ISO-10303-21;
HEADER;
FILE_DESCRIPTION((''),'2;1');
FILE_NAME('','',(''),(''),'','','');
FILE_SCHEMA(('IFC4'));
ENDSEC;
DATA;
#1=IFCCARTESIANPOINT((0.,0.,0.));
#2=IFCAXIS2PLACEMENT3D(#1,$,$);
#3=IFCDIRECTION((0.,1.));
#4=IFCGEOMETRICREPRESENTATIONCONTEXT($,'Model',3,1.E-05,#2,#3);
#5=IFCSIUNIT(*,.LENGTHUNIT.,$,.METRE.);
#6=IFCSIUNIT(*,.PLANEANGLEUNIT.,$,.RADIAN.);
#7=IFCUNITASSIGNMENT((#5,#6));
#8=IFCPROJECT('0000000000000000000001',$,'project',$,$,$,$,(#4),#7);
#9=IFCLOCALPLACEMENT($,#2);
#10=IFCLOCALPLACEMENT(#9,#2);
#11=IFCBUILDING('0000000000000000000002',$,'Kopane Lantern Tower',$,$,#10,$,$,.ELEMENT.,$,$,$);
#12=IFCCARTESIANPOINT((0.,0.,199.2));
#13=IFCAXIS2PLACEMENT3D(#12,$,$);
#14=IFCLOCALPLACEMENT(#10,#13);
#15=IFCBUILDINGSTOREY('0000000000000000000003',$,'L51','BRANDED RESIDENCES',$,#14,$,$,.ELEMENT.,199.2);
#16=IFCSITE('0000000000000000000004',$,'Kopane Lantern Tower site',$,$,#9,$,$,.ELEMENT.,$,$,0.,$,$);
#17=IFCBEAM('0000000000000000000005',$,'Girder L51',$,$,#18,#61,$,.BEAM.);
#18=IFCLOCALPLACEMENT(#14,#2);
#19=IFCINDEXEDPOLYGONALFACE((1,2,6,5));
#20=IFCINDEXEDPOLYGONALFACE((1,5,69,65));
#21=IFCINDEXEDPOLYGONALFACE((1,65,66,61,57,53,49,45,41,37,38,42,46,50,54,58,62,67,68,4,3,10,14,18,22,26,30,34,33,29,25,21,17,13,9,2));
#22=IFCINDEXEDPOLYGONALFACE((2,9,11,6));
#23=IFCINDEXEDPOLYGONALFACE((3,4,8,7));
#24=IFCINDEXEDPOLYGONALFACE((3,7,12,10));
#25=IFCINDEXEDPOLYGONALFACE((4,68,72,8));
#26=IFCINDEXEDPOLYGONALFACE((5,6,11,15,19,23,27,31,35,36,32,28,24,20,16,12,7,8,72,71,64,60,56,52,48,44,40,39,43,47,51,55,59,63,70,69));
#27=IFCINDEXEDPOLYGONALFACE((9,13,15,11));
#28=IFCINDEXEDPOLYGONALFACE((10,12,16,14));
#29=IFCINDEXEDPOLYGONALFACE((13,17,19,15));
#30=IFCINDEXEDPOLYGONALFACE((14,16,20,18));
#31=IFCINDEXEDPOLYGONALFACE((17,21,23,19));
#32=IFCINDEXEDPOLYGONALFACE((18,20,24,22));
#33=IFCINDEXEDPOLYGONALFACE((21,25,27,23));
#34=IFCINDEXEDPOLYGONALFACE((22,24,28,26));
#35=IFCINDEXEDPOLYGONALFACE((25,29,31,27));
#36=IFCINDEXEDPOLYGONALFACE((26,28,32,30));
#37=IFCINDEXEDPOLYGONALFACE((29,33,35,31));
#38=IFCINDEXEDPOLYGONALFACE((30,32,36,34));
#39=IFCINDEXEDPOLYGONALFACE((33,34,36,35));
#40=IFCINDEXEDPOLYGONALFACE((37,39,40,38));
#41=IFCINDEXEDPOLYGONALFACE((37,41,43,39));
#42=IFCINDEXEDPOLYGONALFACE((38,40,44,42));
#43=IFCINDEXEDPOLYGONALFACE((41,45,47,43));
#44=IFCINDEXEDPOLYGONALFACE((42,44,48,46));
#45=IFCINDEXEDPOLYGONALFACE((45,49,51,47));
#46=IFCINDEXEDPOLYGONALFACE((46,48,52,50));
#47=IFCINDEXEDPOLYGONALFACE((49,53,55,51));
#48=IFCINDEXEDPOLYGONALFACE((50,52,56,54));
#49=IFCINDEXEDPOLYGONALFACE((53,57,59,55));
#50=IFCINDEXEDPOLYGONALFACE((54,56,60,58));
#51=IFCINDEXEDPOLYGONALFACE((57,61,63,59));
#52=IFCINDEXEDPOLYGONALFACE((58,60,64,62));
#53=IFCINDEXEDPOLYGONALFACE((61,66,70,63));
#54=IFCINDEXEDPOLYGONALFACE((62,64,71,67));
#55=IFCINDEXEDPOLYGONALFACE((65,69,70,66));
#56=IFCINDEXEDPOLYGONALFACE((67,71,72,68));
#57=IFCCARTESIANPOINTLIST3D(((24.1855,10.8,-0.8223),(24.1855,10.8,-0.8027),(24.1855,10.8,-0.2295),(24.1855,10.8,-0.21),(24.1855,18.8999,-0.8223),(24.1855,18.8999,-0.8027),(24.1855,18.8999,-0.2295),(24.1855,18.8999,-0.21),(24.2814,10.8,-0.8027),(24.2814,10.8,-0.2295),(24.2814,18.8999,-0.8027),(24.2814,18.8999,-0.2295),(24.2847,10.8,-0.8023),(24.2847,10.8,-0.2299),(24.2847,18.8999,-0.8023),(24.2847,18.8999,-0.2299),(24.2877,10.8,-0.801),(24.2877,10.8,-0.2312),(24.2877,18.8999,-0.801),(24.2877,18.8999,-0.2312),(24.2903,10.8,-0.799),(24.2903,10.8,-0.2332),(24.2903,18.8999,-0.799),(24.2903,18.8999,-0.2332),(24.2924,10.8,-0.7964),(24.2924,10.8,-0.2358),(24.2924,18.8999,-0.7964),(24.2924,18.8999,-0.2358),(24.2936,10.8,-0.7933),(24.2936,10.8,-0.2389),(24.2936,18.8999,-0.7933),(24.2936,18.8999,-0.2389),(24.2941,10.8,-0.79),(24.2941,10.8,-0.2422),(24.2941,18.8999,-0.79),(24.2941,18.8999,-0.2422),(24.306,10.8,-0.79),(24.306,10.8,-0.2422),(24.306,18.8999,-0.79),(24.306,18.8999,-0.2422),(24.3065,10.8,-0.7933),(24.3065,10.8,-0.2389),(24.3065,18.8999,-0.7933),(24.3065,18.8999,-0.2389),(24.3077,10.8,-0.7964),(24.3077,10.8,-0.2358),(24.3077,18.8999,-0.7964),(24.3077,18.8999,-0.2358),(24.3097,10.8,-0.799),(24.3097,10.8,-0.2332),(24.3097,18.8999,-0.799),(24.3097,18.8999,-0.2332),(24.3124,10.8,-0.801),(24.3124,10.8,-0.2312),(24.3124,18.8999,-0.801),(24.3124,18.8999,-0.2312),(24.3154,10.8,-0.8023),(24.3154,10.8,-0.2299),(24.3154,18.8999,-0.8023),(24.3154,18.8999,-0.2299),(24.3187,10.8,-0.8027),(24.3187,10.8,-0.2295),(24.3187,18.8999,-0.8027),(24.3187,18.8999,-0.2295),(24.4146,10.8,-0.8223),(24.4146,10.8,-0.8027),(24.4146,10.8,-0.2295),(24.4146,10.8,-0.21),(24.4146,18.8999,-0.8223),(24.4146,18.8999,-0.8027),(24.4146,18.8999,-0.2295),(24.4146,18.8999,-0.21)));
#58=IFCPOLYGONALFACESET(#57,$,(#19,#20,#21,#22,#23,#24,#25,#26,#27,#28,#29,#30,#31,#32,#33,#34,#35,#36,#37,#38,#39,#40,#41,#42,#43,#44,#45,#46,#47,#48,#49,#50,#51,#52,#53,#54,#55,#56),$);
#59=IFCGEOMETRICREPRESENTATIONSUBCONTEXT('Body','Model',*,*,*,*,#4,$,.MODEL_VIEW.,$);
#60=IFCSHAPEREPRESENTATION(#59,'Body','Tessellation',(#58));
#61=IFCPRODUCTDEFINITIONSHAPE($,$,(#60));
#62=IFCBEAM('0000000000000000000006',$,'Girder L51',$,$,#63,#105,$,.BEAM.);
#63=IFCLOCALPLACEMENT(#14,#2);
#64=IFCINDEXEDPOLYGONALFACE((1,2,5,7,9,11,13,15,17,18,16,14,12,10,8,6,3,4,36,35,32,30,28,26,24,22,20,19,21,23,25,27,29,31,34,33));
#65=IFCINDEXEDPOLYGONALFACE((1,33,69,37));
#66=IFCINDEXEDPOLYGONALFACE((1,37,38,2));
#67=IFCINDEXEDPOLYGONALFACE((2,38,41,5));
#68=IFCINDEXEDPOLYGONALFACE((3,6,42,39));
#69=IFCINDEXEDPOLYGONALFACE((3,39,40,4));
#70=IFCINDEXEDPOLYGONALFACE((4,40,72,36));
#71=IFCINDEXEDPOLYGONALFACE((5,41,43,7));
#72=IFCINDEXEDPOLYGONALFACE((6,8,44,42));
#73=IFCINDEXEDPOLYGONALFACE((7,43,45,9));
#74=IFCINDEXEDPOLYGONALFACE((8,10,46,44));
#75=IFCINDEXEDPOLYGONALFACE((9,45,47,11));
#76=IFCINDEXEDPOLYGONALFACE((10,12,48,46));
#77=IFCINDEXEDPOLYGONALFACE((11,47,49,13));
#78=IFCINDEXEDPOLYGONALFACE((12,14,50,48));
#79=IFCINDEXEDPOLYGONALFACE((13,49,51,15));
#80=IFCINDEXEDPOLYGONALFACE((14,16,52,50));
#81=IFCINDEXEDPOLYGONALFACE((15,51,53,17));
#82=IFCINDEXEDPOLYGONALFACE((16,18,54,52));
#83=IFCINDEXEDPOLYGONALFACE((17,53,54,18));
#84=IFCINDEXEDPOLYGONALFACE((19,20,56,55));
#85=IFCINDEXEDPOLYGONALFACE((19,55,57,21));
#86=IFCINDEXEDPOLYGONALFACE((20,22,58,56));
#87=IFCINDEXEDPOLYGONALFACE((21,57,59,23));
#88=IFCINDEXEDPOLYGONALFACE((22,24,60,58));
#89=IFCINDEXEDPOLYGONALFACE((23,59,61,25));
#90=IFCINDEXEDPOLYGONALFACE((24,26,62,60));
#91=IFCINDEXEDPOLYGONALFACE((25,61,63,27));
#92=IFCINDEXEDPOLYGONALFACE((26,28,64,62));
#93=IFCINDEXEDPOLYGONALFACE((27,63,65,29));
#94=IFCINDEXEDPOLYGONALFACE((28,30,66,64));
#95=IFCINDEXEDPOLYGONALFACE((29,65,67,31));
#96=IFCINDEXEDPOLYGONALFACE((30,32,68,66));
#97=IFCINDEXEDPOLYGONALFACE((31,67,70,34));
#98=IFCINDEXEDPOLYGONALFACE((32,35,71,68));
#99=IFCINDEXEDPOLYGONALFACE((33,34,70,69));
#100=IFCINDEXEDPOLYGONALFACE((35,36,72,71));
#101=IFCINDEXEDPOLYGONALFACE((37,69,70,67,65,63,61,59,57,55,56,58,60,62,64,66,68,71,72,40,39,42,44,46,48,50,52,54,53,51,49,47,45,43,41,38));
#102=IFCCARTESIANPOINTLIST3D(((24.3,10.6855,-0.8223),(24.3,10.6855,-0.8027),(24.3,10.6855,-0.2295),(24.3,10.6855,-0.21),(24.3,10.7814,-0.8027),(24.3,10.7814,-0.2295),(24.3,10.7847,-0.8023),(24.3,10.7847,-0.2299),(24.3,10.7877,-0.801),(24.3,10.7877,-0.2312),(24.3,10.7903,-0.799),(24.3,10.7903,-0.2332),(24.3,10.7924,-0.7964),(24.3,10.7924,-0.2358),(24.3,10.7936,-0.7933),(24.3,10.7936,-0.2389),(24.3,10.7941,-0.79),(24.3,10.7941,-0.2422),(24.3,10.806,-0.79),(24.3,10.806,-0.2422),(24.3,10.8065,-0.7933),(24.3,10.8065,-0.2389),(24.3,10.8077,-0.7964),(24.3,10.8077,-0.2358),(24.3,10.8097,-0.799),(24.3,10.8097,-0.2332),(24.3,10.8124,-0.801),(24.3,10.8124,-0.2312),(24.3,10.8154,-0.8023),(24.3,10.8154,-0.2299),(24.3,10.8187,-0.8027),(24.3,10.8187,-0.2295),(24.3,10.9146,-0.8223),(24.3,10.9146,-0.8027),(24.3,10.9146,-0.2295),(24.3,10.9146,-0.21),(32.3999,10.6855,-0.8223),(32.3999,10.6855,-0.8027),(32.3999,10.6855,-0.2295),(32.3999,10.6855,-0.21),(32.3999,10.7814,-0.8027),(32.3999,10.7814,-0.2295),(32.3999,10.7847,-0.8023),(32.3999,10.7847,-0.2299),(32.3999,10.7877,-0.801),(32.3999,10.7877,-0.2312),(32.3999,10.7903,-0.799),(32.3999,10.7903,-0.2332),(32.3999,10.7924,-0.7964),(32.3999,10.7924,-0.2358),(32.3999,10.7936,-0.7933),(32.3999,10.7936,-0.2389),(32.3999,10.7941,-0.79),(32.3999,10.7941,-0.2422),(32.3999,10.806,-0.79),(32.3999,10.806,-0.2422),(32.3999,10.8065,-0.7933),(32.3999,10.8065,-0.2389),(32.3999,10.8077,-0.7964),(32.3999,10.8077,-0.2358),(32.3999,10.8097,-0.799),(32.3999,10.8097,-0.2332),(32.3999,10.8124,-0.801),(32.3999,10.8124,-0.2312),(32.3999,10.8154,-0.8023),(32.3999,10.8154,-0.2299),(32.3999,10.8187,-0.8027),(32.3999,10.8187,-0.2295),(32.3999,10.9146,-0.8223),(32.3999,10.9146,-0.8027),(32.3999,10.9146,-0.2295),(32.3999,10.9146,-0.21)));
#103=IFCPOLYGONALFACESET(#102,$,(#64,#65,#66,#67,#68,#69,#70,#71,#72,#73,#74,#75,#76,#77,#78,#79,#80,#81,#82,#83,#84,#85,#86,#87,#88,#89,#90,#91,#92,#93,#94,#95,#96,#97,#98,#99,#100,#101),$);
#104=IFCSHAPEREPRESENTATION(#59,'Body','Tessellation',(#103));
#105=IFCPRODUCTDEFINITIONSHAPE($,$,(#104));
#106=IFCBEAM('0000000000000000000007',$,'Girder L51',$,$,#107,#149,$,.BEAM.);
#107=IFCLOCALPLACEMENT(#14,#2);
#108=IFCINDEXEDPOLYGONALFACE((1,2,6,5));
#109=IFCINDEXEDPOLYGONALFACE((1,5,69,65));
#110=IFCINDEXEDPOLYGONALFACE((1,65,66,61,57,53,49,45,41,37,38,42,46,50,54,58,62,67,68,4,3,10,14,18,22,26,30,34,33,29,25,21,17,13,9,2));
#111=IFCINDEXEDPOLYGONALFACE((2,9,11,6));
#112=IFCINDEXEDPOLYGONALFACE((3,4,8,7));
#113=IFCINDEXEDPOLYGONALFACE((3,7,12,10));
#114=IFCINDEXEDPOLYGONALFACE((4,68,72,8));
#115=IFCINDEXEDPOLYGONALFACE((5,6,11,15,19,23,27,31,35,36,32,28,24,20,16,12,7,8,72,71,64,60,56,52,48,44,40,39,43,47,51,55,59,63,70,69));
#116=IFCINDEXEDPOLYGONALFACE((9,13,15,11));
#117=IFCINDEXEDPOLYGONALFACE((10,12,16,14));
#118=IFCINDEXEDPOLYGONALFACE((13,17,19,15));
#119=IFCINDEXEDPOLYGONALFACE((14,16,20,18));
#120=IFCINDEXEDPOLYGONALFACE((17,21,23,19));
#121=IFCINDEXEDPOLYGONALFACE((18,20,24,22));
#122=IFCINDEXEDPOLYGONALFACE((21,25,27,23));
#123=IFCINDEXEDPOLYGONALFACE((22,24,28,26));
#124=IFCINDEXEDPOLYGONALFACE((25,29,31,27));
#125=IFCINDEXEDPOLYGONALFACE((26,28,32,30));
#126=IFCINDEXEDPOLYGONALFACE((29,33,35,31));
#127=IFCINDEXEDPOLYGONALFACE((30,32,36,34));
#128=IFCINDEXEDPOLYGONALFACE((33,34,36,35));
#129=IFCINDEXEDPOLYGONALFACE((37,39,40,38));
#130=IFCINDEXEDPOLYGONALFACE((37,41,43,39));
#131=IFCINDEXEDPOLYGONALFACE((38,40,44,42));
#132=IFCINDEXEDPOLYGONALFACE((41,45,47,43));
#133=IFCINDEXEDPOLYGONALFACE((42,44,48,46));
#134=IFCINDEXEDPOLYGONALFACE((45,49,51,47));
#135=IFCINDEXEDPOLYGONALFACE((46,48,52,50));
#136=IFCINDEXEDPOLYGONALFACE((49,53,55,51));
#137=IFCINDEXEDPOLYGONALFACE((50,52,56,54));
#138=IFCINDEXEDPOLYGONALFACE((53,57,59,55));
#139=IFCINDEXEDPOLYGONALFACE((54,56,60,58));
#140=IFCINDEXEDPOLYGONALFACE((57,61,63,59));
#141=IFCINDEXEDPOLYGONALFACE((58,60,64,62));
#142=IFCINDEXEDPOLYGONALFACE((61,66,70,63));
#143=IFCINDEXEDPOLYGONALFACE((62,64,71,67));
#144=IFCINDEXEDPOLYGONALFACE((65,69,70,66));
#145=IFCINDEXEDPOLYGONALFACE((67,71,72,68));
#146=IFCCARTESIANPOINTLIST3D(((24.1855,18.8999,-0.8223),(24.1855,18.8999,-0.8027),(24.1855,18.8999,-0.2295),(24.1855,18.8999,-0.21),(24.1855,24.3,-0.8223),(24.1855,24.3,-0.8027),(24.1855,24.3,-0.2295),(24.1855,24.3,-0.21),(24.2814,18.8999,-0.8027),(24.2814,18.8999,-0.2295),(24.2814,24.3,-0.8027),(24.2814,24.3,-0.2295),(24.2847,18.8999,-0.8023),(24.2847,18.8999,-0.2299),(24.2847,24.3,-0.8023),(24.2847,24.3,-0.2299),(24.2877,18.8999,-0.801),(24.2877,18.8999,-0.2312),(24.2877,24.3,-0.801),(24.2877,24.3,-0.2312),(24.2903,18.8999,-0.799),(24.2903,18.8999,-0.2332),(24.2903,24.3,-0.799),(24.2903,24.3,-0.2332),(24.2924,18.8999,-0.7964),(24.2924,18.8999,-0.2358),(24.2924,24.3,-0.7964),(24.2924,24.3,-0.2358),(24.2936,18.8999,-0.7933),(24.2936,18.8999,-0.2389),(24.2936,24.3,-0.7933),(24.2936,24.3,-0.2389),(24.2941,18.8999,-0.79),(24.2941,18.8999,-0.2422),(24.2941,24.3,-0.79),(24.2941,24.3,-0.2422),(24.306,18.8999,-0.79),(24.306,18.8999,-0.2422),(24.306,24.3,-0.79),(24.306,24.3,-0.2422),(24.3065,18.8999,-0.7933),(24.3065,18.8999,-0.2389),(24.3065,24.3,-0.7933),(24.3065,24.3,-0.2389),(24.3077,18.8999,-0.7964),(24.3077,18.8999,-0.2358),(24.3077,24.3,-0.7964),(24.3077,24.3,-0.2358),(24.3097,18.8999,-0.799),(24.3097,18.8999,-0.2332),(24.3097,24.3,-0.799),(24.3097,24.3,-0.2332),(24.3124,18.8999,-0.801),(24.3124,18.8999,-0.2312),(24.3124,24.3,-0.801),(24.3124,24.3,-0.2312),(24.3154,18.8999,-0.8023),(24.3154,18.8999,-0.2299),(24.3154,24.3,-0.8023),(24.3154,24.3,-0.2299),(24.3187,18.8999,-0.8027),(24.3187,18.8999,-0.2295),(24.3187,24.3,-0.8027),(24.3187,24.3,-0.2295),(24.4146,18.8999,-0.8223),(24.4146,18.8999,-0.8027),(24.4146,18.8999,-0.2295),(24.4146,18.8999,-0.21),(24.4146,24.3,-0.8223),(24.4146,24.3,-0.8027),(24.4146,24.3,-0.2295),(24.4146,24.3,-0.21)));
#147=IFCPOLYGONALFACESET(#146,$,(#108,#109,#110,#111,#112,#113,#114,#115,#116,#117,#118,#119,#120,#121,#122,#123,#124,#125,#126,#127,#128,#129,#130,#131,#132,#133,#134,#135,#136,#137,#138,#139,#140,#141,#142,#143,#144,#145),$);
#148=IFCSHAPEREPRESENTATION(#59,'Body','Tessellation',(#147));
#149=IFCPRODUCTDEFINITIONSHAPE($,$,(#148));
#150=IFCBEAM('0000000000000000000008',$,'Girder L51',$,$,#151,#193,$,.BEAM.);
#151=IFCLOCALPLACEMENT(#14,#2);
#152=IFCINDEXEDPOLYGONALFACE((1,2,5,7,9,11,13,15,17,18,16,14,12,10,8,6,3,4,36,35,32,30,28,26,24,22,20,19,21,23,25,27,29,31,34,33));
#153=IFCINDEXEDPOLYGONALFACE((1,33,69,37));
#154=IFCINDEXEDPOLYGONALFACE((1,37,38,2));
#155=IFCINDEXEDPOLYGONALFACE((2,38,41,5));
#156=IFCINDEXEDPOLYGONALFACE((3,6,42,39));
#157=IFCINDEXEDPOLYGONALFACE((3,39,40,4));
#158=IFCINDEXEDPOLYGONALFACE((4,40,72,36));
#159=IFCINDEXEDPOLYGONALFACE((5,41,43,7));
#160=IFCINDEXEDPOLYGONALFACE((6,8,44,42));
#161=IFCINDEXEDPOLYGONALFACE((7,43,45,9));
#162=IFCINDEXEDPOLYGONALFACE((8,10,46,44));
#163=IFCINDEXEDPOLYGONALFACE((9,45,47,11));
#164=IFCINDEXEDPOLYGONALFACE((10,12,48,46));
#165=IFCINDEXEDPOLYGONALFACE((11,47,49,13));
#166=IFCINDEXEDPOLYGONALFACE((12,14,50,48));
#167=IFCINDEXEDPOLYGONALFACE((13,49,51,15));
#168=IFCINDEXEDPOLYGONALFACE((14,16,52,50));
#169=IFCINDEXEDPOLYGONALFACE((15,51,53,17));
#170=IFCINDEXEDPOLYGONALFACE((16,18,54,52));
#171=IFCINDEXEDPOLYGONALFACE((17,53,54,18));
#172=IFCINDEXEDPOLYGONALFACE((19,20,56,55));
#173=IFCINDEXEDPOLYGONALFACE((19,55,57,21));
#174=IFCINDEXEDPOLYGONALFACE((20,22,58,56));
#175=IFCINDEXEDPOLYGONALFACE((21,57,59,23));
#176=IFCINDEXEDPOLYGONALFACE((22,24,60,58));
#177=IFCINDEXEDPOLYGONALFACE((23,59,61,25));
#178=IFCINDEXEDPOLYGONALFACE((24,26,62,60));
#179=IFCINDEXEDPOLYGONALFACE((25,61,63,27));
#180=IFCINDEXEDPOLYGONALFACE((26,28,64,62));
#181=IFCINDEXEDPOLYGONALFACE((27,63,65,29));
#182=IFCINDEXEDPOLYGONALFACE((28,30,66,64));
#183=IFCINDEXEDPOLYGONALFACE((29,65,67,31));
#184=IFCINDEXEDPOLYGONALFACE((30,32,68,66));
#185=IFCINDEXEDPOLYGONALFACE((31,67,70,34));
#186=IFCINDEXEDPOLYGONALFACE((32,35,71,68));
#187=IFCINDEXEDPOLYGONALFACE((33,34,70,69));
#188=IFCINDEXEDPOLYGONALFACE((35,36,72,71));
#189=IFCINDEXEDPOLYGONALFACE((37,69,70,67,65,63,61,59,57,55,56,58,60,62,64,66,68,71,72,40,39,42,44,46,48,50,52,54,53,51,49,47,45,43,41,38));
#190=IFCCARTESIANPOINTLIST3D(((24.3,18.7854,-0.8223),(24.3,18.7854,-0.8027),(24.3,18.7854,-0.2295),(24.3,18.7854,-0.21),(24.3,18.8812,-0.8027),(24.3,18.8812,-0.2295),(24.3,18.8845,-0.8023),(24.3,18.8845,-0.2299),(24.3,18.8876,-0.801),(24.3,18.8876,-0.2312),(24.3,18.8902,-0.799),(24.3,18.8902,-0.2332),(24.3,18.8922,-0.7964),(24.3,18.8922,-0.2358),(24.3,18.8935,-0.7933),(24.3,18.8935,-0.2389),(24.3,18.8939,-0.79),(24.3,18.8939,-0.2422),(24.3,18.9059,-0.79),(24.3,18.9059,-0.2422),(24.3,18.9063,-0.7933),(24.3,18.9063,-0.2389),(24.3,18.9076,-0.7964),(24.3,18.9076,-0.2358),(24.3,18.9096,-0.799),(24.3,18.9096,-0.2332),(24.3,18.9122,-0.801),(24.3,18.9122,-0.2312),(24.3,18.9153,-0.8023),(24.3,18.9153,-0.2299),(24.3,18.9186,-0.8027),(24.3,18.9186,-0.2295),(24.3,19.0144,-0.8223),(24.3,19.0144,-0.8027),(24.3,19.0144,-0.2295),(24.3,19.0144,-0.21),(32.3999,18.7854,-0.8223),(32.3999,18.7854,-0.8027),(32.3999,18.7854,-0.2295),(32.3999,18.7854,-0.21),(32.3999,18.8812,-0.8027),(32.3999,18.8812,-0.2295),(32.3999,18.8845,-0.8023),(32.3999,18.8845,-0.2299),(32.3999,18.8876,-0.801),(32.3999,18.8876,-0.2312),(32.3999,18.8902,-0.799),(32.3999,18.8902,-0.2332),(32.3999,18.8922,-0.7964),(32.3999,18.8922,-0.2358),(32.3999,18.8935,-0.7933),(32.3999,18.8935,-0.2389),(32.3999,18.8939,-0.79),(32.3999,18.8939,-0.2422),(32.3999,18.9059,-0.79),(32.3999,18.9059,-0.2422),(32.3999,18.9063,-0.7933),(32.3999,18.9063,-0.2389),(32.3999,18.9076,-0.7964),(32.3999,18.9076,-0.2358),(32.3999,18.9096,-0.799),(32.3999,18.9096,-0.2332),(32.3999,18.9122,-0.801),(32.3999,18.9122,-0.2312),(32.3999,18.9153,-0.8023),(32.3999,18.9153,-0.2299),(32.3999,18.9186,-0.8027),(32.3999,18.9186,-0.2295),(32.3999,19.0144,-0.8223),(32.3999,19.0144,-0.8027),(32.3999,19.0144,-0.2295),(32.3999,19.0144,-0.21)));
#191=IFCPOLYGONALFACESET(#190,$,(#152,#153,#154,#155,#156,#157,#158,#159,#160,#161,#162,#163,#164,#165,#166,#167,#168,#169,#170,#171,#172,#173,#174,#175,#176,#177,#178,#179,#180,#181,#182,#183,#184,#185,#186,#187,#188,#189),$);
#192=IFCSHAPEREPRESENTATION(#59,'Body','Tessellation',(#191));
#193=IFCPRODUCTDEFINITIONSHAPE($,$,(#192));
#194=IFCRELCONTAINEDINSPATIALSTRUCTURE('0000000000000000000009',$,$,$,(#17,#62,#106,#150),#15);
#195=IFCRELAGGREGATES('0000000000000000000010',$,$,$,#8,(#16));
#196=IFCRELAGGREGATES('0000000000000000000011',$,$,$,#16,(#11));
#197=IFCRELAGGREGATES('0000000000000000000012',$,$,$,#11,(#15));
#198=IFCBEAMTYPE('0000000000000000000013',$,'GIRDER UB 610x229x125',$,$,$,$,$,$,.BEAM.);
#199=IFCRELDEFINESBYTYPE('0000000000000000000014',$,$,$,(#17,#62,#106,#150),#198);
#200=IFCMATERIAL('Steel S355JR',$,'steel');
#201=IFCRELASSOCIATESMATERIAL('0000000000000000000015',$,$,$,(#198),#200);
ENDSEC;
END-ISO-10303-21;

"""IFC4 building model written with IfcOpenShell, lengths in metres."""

from ifc_helpers import new_model, si_unit, direction, frame, origin, origin_2d, place, context, subcontext, project, spatial, i_section, extrude, material, material_profile, profile_set, type_object, element, save


model = new_model("IFC4")

# Units and contexts
model_context = context("Model", 3, precision=1e-05, world=origin(), true_north=direction((0.0, 1.0)))
body_context = subcontext(model_context, "Body", "Model", "MODEL_VIEW")
ifc_project = project(units=[si_unit("LENGTHUNIT", "METRE"), si_unit("PLANEANGLEUNIT", "RADIAN")], contexts=[model_context])

# Site, building, storey
site_placement = place(None, origin())
site = spatial("IfcSite", under=ifc_project, at=site_placement, Name="Kopane Lantern Tower site", CompositionType="ELEMENT", RefElevation=0.0)
building_placement = place(site_placement, origin())
building = spatial("IfcBuilding", under=site, at=building_placement, Name="Kopane Lantern Tower", CompositionType="ELEMENT")
storey_placement = place(building_placement, frame((0.0, 0.0, 199.2)))
storey = spatial("IfcBuildingStorey", under=building, at=storey_placement, Name="L51", Description="BRANDED RESIDENCES", CompositionType="ELEMENT", Elevation=199.2)

# Beams
ifc_material_1 = material(Name="Steel S355JR", Category="steel")
ifc_material_profile_1 = material_profile(ifc_material_1, i_section(OverallWidth=0.229, OverallDepth=0.6123, WebThickness=0.012, FlangeThickness=0.0195, FilletRadius=0.0127, at=origin_2d()), Name="UB 610x229x125")
ifc_profile_set_1 = profile_set([ifc_material_profile_1], Name="Steel S355JR")
beam_type = type_object("IfcBeamType", Name="GIRDER UB 610x229x125", PredefinedType="BEAM", material=ifc_profile_set_1)
for number, where, z_axis, x_axis, name in (
    (1, (24.3, 10.8, -0.5161), (0.0, 1.0, 0.0), (-1.0, 0.0, 0.0), "Girder L51"),
    (2, (24.3, 10.8, -0.5161), (1.0, 0.0, 0.0), (0.0, 1.0, 0.0), "Girder L51"),
):
    element("IfcBeam", number, at=place(storey_placement, frame(where, z_axis=z_axis, x_axis=x_axis)), inside=storey, type_object=beam_type, Name=name, PredefinedType="BEAM", context=body_context, shape_type="SweptSolid", body=[
        extrude(i_section(OverallWidth=0.229, OverallDepth=0.6123, WebThickness=0.012, FlangeThickness=0.0195, FilletRadius=0.0127, at=origin_2d()), origin(), (0.0, 0.0, 1.0), 8.0999),
    ])
beam_1_placement = place(storey_placement, frame((24.3, 18.8999, -0.5161), z_axis=(0.0, 1.0, 0.0), x_axis=(-1.0, 0.0, 0.0)))
element("IfcBeam", 3, at=beam_1_placement, inside=storey, type_object=beam_type, Name="Girder L51", PredefinedType="BEAM", context=body_context, shape_type="SweptSolid", body=[
    extrude(i_section(OverallWidth=0.229, OverallDepth=0.6123, WebThickness=0.012, FlangeThickness=0.0195, FilletRadius=0.0127, at=origin_2d()), origin(), (0.0, 0.0, 1.0), 5.4001),
])
beam_2_placement = place(storey_placement, frame((24.3, 18.8999, -0.5161), z_axis=(1.0, 0.0, 0.0), x_axis=(0.0, 1.0, 0.0)))
element("IfcBeam", 4, at=beam_2_placement, inside=storey, type_object=beam_type, Name="Girder L51", PredefinedType="BEAM", context=body_context, shape_type="SweptSolid", body=[
    extrude(i_section(OverallWidth=0.229, OverallDepth=0.6123, WebThickness=0.012, FlangeThickness=0.0195, FilletRadius=0.0127, at=origin_2d()), origin(), (0.0, 0.0, 1.0), 8.0999),
])

save(model, "model.ifc")
